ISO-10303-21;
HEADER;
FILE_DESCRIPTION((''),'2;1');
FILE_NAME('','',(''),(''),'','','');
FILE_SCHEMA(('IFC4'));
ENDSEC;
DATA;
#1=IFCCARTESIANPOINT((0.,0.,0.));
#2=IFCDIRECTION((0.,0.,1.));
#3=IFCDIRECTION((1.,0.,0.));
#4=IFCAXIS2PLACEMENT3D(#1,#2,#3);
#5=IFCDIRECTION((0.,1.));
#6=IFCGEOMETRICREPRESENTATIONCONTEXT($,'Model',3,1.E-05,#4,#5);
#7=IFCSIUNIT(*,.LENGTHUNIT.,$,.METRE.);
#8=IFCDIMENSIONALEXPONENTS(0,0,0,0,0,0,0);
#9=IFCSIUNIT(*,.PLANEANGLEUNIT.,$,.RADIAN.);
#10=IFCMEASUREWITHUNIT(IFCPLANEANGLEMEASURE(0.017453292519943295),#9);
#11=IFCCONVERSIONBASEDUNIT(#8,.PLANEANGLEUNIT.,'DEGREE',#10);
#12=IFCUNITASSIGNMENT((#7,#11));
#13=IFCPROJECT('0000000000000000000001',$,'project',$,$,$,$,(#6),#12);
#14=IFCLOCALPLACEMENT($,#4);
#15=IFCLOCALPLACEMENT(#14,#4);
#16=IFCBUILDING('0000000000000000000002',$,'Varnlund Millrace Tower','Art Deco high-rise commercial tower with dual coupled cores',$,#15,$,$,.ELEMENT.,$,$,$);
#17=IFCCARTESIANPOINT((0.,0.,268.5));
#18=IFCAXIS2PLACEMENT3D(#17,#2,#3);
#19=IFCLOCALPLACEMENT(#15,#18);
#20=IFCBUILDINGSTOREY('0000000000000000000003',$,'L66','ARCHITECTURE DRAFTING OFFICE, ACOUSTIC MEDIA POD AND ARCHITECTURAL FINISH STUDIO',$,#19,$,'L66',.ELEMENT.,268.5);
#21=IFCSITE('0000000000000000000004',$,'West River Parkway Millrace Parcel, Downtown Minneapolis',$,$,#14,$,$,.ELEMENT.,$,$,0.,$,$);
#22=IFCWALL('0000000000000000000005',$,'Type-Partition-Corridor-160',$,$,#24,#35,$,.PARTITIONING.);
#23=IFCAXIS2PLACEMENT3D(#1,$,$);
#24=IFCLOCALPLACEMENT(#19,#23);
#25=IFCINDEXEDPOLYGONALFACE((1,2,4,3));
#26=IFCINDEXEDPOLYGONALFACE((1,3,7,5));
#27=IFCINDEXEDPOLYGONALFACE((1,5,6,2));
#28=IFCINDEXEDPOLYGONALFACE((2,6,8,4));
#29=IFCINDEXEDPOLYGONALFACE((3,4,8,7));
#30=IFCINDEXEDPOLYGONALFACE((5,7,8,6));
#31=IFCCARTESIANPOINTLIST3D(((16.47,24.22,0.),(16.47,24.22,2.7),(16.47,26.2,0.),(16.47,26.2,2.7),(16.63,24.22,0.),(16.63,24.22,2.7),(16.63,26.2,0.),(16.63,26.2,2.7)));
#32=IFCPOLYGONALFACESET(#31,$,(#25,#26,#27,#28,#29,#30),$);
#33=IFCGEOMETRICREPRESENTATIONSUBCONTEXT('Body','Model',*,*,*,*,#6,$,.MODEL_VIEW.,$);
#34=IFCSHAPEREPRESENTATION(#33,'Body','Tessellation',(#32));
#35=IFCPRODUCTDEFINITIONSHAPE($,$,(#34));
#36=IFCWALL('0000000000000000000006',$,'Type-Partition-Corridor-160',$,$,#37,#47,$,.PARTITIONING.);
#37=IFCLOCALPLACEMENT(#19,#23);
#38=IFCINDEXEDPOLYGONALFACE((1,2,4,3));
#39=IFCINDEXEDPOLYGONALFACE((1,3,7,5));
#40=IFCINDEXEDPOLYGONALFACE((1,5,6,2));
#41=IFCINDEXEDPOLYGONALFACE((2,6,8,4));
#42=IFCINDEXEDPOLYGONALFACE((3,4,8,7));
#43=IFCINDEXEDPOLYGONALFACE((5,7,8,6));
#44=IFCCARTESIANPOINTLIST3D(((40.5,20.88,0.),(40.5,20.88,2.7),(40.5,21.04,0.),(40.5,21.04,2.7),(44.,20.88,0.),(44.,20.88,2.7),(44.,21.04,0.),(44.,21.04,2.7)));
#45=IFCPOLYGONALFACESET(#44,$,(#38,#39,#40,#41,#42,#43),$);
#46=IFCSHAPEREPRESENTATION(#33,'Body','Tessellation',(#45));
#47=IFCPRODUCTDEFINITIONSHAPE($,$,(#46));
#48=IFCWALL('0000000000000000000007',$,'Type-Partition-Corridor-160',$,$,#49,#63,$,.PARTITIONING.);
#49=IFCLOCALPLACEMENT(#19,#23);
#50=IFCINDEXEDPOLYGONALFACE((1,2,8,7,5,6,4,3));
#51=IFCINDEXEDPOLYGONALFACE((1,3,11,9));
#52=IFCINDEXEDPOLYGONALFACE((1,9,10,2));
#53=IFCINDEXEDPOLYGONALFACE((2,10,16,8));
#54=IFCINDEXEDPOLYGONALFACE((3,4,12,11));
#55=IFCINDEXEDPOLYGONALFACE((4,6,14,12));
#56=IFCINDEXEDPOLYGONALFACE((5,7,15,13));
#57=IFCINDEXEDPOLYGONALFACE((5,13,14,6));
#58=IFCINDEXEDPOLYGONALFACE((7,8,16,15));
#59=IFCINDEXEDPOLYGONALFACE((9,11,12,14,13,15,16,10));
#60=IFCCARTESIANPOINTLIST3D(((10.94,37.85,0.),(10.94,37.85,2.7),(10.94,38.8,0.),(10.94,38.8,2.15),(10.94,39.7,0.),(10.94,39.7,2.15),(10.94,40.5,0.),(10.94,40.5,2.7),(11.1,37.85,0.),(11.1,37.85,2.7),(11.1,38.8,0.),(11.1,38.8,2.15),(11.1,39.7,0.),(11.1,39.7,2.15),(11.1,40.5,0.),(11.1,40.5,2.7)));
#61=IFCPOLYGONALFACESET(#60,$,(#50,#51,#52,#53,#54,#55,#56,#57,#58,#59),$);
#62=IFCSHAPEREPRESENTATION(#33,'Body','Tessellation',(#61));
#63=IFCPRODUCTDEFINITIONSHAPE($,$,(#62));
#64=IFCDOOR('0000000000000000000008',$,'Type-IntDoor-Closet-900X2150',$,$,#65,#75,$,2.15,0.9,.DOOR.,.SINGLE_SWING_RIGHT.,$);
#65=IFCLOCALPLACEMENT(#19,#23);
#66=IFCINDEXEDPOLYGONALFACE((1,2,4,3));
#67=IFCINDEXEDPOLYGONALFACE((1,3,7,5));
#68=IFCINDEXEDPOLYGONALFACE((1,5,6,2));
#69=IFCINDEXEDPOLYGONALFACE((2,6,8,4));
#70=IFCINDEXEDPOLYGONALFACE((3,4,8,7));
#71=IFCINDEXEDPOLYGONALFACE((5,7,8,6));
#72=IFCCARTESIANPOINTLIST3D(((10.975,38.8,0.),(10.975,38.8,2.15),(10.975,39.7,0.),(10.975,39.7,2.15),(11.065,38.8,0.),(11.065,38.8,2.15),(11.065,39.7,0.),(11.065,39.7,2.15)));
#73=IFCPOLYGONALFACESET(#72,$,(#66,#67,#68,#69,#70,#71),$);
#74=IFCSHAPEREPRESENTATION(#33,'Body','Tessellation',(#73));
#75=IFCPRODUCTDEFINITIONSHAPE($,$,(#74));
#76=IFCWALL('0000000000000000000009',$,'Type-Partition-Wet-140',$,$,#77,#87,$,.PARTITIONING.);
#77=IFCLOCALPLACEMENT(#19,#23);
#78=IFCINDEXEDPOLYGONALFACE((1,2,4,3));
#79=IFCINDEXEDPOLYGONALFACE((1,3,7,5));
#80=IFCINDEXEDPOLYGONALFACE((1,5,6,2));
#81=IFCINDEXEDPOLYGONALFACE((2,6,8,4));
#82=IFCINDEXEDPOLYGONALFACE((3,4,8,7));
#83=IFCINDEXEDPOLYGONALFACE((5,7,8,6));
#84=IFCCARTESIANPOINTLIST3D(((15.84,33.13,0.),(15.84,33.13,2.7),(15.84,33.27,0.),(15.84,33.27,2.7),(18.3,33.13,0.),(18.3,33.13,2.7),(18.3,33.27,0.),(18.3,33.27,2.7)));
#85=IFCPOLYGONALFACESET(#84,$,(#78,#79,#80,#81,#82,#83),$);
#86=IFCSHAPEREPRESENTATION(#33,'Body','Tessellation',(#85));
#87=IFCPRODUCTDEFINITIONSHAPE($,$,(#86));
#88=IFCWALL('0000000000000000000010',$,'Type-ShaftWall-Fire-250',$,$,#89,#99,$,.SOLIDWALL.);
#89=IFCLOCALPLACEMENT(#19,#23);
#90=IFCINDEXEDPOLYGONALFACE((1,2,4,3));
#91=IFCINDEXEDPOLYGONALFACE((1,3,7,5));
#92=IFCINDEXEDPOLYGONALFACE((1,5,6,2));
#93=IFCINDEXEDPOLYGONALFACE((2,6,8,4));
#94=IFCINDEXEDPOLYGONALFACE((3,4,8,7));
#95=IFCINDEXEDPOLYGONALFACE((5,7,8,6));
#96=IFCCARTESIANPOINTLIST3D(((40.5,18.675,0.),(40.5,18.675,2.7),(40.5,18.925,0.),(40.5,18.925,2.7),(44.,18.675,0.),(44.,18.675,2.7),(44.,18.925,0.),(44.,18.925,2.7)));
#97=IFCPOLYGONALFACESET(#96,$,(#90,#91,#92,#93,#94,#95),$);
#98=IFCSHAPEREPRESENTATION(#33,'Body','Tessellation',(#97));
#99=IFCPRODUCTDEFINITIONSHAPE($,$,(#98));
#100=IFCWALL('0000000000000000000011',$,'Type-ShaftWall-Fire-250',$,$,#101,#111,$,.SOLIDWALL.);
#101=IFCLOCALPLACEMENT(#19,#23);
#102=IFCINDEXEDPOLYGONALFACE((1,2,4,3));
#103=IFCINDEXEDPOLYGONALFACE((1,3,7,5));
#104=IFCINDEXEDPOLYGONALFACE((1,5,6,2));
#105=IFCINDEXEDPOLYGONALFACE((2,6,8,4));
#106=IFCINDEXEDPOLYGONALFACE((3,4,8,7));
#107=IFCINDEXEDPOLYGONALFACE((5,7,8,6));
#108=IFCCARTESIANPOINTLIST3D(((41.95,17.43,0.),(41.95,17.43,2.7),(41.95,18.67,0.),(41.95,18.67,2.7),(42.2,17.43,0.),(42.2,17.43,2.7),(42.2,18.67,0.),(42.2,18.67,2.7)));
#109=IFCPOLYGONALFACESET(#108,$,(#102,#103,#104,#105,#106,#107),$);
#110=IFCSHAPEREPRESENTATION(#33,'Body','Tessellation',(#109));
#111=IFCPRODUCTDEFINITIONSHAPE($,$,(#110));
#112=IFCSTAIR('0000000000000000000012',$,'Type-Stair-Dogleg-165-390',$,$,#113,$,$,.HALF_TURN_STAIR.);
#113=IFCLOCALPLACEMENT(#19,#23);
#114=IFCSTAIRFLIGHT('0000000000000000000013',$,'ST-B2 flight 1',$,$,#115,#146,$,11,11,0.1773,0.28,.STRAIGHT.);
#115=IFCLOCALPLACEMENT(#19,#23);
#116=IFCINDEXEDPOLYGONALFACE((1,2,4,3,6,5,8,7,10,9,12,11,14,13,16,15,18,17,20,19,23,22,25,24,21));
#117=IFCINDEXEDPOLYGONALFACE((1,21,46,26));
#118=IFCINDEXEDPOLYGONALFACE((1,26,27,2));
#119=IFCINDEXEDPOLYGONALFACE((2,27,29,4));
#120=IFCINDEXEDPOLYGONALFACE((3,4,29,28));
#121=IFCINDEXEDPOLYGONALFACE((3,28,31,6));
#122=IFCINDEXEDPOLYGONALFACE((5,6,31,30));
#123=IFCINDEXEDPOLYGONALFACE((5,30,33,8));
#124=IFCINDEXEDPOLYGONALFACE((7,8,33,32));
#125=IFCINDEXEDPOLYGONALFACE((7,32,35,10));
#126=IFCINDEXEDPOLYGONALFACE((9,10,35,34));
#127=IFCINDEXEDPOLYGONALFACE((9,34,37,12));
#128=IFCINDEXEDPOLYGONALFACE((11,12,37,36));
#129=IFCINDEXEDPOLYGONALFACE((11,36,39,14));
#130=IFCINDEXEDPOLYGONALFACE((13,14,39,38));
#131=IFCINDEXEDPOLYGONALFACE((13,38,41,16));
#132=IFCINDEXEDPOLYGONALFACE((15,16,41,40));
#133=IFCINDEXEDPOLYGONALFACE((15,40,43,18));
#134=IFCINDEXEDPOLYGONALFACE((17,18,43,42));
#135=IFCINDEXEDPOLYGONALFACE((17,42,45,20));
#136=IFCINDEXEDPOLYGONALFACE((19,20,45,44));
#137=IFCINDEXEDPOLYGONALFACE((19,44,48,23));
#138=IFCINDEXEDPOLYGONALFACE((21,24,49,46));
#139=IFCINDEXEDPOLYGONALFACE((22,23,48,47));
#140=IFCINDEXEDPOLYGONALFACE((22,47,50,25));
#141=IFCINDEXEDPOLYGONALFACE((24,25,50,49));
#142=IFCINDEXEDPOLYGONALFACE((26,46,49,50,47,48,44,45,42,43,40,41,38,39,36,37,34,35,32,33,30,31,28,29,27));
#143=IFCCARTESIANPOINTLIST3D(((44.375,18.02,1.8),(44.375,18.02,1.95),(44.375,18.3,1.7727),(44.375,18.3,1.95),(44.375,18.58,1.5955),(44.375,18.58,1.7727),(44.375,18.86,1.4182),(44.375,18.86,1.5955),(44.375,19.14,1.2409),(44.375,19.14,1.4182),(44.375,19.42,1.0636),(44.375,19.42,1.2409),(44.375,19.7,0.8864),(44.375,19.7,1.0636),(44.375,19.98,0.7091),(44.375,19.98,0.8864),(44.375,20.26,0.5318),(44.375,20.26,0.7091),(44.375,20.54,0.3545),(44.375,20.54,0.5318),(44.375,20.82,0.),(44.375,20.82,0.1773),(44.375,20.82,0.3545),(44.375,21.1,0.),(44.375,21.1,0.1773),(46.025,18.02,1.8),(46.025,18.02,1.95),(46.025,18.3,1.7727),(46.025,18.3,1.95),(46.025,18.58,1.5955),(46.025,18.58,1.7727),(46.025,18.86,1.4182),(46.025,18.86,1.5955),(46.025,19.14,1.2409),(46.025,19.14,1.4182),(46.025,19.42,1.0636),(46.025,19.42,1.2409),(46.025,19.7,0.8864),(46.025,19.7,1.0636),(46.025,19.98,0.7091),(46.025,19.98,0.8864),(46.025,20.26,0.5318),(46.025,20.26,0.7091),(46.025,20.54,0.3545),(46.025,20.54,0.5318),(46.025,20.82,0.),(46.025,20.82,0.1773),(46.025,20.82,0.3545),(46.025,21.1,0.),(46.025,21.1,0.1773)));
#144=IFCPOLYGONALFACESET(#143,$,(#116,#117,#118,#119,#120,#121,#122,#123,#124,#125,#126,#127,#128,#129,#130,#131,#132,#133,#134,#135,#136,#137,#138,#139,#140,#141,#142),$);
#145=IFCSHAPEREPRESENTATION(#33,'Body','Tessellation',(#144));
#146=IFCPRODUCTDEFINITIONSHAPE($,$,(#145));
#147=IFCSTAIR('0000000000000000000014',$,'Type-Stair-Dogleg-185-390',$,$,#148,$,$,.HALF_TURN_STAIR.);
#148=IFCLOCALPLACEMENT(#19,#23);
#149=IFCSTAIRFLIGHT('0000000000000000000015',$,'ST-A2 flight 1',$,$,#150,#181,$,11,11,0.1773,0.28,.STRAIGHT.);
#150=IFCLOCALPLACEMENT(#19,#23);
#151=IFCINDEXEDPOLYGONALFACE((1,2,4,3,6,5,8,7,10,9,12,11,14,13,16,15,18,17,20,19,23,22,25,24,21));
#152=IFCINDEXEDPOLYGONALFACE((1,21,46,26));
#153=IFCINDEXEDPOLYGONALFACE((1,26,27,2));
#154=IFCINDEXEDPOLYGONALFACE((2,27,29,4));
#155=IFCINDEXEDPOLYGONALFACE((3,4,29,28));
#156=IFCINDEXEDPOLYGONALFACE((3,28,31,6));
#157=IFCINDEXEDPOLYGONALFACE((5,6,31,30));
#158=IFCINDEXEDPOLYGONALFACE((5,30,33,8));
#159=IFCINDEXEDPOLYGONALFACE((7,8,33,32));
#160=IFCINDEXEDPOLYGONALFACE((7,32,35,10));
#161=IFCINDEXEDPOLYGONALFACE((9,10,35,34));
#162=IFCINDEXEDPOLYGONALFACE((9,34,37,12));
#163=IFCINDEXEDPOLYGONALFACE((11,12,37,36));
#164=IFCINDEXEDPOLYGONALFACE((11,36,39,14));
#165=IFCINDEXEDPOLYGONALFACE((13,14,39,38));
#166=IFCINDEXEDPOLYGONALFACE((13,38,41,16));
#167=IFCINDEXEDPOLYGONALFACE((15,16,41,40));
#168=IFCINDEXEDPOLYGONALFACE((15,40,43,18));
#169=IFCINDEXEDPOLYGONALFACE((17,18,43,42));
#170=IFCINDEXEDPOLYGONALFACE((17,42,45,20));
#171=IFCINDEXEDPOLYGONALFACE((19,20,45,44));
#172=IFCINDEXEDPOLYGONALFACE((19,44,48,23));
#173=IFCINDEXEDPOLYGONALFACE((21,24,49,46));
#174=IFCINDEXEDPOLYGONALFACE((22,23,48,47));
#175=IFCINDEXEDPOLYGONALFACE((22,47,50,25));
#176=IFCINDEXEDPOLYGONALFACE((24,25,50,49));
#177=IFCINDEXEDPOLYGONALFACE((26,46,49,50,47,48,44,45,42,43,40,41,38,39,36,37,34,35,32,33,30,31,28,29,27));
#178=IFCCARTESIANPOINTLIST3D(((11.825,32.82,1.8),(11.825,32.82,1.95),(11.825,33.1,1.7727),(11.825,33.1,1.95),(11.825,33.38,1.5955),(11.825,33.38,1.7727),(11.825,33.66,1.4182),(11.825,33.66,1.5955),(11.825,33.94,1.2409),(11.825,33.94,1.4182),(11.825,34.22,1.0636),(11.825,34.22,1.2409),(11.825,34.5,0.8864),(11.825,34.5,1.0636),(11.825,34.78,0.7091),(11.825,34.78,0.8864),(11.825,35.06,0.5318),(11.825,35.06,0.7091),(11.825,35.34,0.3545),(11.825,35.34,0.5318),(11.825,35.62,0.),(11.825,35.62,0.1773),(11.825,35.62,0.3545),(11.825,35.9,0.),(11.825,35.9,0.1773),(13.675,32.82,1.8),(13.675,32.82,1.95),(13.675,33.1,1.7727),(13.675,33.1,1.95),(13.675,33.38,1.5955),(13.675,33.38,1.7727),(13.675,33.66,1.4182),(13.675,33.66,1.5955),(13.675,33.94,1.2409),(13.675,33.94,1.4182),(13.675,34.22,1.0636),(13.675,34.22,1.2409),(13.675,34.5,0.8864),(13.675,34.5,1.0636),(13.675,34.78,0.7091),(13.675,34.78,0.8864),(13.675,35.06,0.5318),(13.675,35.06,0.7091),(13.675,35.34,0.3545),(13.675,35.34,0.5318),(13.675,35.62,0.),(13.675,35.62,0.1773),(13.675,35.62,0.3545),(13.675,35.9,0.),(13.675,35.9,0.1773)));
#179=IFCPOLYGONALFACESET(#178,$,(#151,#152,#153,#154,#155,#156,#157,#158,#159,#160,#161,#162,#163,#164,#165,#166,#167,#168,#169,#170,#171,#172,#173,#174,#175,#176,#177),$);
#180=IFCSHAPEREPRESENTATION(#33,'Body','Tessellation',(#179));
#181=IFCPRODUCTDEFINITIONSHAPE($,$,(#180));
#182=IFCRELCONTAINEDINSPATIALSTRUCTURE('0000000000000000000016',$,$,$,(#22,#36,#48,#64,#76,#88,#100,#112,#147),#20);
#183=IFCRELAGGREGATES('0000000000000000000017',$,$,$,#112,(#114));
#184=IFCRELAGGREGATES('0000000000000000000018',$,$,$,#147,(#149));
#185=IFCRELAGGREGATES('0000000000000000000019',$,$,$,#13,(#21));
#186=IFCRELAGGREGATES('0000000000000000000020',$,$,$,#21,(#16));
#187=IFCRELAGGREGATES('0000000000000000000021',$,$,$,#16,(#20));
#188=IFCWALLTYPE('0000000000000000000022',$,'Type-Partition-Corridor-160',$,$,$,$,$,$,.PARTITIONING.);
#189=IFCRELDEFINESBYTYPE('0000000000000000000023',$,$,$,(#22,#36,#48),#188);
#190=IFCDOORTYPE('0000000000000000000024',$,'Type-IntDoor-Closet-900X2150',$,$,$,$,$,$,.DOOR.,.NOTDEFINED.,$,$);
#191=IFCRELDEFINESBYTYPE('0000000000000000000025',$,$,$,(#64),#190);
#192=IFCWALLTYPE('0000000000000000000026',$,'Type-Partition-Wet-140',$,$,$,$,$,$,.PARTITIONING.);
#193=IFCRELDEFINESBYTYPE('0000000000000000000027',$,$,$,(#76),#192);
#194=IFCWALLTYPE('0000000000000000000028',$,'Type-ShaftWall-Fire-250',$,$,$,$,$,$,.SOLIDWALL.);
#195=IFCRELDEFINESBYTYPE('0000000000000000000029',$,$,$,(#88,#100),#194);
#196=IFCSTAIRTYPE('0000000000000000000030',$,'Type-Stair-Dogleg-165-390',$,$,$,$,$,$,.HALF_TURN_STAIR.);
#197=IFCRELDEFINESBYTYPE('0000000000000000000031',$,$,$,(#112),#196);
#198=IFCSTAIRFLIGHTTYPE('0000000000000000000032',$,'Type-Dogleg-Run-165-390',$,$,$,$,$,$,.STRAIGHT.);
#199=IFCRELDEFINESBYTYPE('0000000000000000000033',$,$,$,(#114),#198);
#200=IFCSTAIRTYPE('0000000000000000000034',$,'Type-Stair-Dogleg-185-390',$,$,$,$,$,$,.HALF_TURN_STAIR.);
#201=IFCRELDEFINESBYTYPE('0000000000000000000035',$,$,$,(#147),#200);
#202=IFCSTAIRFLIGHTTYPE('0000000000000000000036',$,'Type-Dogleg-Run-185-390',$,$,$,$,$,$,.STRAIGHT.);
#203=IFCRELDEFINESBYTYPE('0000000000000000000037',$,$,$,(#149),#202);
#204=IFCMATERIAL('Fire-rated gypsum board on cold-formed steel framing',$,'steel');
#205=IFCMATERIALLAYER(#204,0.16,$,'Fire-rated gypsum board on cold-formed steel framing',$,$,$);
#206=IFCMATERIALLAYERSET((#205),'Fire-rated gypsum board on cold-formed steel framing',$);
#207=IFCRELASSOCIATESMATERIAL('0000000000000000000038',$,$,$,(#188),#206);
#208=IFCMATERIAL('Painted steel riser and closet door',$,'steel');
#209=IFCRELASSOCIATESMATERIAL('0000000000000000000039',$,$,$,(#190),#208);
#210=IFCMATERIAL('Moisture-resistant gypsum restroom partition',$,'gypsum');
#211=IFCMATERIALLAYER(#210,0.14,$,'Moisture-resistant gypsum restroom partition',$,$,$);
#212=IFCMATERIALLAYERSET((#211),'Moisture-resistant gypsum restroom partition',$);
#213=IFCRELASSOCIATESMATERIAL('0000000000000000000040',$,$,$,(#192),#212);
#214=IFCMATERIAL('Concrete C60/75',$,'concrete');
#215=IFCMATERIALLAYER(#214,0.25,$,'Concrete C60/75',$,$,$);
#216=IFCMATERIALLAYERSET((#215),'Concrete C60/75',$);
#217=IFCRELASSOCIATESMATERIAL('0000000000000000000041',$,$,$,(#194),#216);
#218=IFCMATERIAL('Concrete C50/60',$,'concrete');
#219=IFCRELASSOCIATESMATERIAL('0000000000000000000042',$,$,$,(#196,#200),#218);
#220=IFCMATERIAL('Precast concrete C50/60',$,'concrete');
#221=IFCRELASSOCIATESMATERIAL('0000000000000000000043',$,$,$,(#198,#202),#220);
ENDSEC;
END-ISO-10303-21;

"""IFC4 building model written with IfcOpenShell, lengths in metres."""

from ifc_helpers import new_model, entity, si_unit, converted_unit, direction, frame, origin_with_axes, origin_2d_with_axis, place, context, subcontext, project, spatial, polyline, rectangle, outline, extrude, material, layer, layer_set, type_object, element, fill, aggregate, save


model = new_model("IFC4")

# Units and contexts
model_context = context("Model", 3, precision=1e-05, world=origin_with_axes(), true_north=direction((0.0, 1.0)))
body_context = subcontext(model_context, "Body", "Model", "MODEL_VIEW")
ifc_project = project(units=[si_unit("LENGTHUNIT", "METRE"), converted_unit("PLANEANGLEUNIT", "DEGREE", entity("IfcPlaneAngleMeasure", 0.017453292519943295), si_unit("PLANEANGLEUNIT", "RADIAN"), dimensions=[0, 0, 0, 0, 0, 0, 0])], contexts=[model_context])

# Site, building, storey
site_placement = place(None, origin_with_axes())
site = spatial("IfcSite", under=ifc_project, at=site_placement, Name="West River Parkway Millrace Parcel, Downtown Minneapolis", CompositionType="ELEMENT", RefElevation=0.0)
building_placement = place(site_placement, origin_with_axes())
building = spatial("IfcBuilding", under=site, at=building_placement, Name="Varnlund Millrace Tower", Description="Art Deco high-rise commercial tower with dual coupled cores", CompositionType="ELEMENT")
storey_placement = place(building_placement, frame((0.0, 0.0, 268.5), z_axis=(0.0, 0.0, 1.0), x_axis=(1.0, 0.0, 0.0)))
storey = spatial("IfcBuildingStorey", under=building, at=storey_placement, Name="L66", Description="ARCHITECTURE DRAFTING OFFICE, ACOUSTIC MEDIA POD AND ARCHITECTURAL FINISH STUDIO", LongName="L66", CompositionType="ELEMENT", Elevation=268.5)

# Shared definitions
ifc_material_1 = material(Name="Concrete C60/75", Category="concrete")

# Walls
ifc_material_2 = material(Name="Fire-rated gypsum board on cold-formed steel framing", Category="steel")
ifc_layer_1 = layer(ifc_material_2, 0.16, Name="Fire-rated gypsum board on cold-formed steel framing")
ifc_layer_set_1 = layer_set([ifc_layer_1], Name="Fire-rated gypsum board on cold-formed steel framing")
wall_type_1 = type_object("IfcWallType", Name="Type-Partition-Corridor-160", PredefinedType="PARTITIONING", material=ifc_layer_set_1)
wall_1_placement = place(storey_placement, frame((16.55, 24.22, 0.0), z_axis=(0.0, 0.0, 1.0), x_axis=(0.0, 1.0, 0.0)))
element("IfcWall", 1, at=wall_1_placement, inside=storey, type_object=wall_type_1, Name="Type-Partition-Corridor-160", PredefinedType="PARTITIONING", context=body_context, shape_type="SweptSolid", body=[
    extrude(outline(polyline([(0.0, -0.08), (1.98, -0.08), (1.98, 0.08), (0.0, 0.08), (0.0, -0.08)])), origin_with_axes(), (0.0, 0.0, 1.0), 2.7),
])
wall_2_placement = place(storey_placement, frame((40.5, 20.96, 0.0), z_axis=(0.0, 0.0, 1.0), x_axis=(1.0, 0.0, 0.0)))
element("IfcWall", 2, at=wall_2_placement, inside=storey, type_object=wall_type_1, Name="Type-Partition-Corridor-160", PredefinedType="PARTITIONING", context=body_context, shape_type="SweptSolid", body=[
    extrude(outline(polyline([(0.0, -0.08), (3.5, -0.08), (3.5, 0.08), (0.0, 0.08), (0.0, -0.08)])), origin_with_axes(), (0.0, 0.0, 1.0), 2.7),
])

# Wall, opening, door
wall_3_placement = place(storey_placement, frame((11.02, 37.85, 0.0), z_axis=(0.0, 0.0, 1.0), x_axis=(0.0, 1.0, 0.0)))
wall_3 = element("IfcWall", 3, at=wall_3_placement, inside=storey, type_object=wall_type_1, Name="Type-Partition-Corridor-160", PredefinedType="PARTITIONING", context=body_context, shape_type="SweptSolid", body=[
    extrude(outline(polyline([(0.0, -0.08), (2.65, -0.08), (2.65, 0.08), (0.0, 0.08), (0.0, -0.08)])), origin_with_axes(), (0.0, 0.0, 1.0), 2.7),
])
opening_1_placement = place(wall_3_placement, frame((1.4, 0.0, 0.0), z_axis=(0.0, 0.0, 1.0), x_axis=(1.0, 0.0, 0.0)))
opening_1 = element("IfcOpeningElement", 4, at=opening_1_placement, cuts=wall_3, PredefinedType="OPENING", context=body_context, shape_type="SweptSolid", body=[
    extrude(rectangle(XDim=0.9, YDim=0.18, at=origin_2d_with_axis()), origin_with_axes(), (0.0, 0.0, 1.0), 2.15),
])
ifc_material_3 = material(Name="Painted steel riser and closet door", Category="steel")
door_type_1 = type_object("IfcDoorType", Name="Type-IntDoor-Closet-900X2150", OperationType="NOTDEFINED", PredefinedType="DOOR", material=ifc_material_3)
door_1_placement = place(wall_3_placement, frame((1.4, 0.0, 0.0), z_axis=(0.0, 0.0, 1.0), x_axis=(1.0, 0.0, 0.0)))
door_1 = element("IfcDoor", 5, at=door_1_placement, inside=storey, type_object=door_type_1, Name="Type-IntDoor-Closet-900X2150", OperationType="SINGLE_SWING_RIGHT", OverallHeight=2.15, OverallWidth=0.9, PredefinedType="DOOR", context=body_context, shape_type="SweptSolid", body=[
    extrude(rectangle(XDim=0.9, YDim=0.09, at=origin_2d_with_axis()), origin_with_axes(), (0.0, 0.0, 1.0), 2.15),
])
fill(opening_1, door_1)

# Walls
ifc_material_4 = material(Name="Moisture-resistant gypsum restroom partition", Category="gypsum")
ifc_layer_2 = layer(ifc_material_4, 0.14, Name="Moisture-resistant gypsum restroom partition")
ifc_layer_set_2 = layer_set([ifc_layer_2], Name="Moisture-resistant gypsum restroom partition")
wall_type_2 = type_object("IfcWallType", Name="Type-Partition-Wet-140", PredefinedType="PARTITIONING", material=ifc_layer_set_2)
wall_4_placement = place(storey_placement, frame((15.84, 33.2, 0.0), z_axis=(0.0, 0.0, 1.0), x_axis=(1.0, 0.0, 0.0)))
element("IfcWall", 6, at=wall_4_placement, inside=storey, type_object=wall_type_2, Name="Type-Partition-Wet-140", PredefinedType="PARTITIONING", context=body_context, shape_type="SweptSolid", body=[
    extrude(outline(polyline([(0.0, -0.07), (2.46, -0.07), (2.46, 0.07), (0.0, 0.07), (0.0, -0.07)])), origin_with_axes(), (0.0, 0.0, 1.0), 2.7),
])
ifc_layer_3 = layer(ifc_material_1, 0.25, Name="Concrete C60/75")
ifc_layer_set_3 = layer_set([ifc_layer_3], Name="Concrete C60/75")
wall_type_3 = type_object("IfcWallType", Name="Type-ShaftWall-Fire-250", PredefinedType="SOLIDWALL", material=ifc_layer_set_3)
wall_5_placement = place(storey_placement, frame((40.5, 18.8, 0.0), z_axis=(0.0, 0.0, 1.0), x_axis=(1.0, 0.0, 0.0)))
element("IfcWall", 7, at=wall_5_placement, inside=storey, type_object=wall_type_3, Name="Type-ShaftWall-Fire-250", PredefinedType="SOLIDWALL", context=body_context, shape_type="SweptSolid", body=[
    extrude(outline(polyline([(0.0, -0.125), (3.5, -0.125), (3.5, 0.125), (0.0, 0.125), (0.0, -0.125)])), origin_with_axes(), (0.0, 0.0, 1.0), 2.7),
])
wall_6_placement = place(storey_placement, frame((42.075, 17.43, 0.0), z_axis=(0.0, 0.0, 1.0), x_axis=(0.0, 1.0, 0.0)))
element("IfcWall", 8, at=wall_6_placement, inside=storey, type_object=wall_type_3, Name="Type-ShaftWall-Fire-250", PredefinedType="SOLIDWALL", context=body_context, shape_type="SweptSolid", body=[
    extrude(outline(polyline([(0.0, -0.125), (1.24, -0.125), (1.24, 0.125), (0.0, 0.125), (0.0, -0.125)])), origin_with_axes(), (0.0, 0.0, 1.0), 2.7),
])

# Stairs, stair flights
ifc_material_5 = material(Name="Concrete C50/60", Category="concrete")
stair_type_1 = type_object("IfcStairType", Name="Type-Stair-Dogleg-165-390", PredefinedType="HALF_TURN_STAIR", material=ifc_material_5)
stair_1_placement = place(storey_placement, origin_with_axes())
stair_1 = element("IfcStair", 9, at=stair_1_placement, inside=storey, type_object=stair_type_1, Name="Type-Stair-Dogleg-165-390", PredefinedType="HALF_TURN_STAIR")
ifc_material_6 = material(Name="Precast concrete C50/60", Category="concrete")
stair_flight_type_1 = type_object("IfcStairFlightType", Name="Type-Dogleg-Run-165-390", PredefinedType="STRAIGHT", material=ifc_material_6)
stair_flight_1_placement = place(storey_placement, frame((46.025, 21.1, 0.0), z_axis=(-1.0, 0.0, 0.0), x_axis=(0.0, -1.0, 0.0)))
stair_flight_1 = element("IfcStairFlight", 10, at=stair_flight_1_placement, type_object=stair_flight_type_1, Name="ST-B2 flight 1", NumberOfRisers=11, NumberOfTreads=11, PredefinedType="STRAIGHT", RiserHeight=0.1773, TreadLength=0.28, context=body_context, shape_type="SweptSolid", body=[
    extrude(outline(polyline([(0.0, 0.0), (0.0, 0.1773), (0.28, 0.1773), (0.28, 0.3545), (0.56, 0.3545), (0.56, 0.5318), (0.84, 0.5318), (0.84, 0.7091), (1.12, 0.7091), (1.12, 0.8864), (1.4, 0.8864), (1.4, 1.0636), (1.68, 1.0636), (1.68, 1.2409), (1.96, 1.2409), (1.96, 1.4182), (2.24, 1.4182), (2.24, 1.5955), (2.52, 1.5955), (2.52, 1.7727), (2.8, 1.7727), (2.8, 1.95), (3.08, 1.95), (3.08, 1.8), (0.28, 0.0), (0.0, 0.0)])), origin_with_axes(), (0.0, 0.0, 1.0), 1.65),
])
aggregate(stair_1, [stair_flight_1])
stair_type_2 = type_object("IfcStairType", Name="Type-Stair-Dogleg-185-390", PredefinedType="HALF_TURN_STAIR", material=ifc_material_5)
stair_2_placement = place(storey_placement, origin_with_axes())
stair_2 = element("IfcStair", 11, at=stair_2_placement, inside=storey, type_object=stair_type_2, Name="Type-Stair-Dogleg-185-390", PredefinedType="HALF_TURN_STAIR")
stair_flight_type_2 = type_object("IfcStairFlightType", Name="Type-Dogleg-Run-185-390", PredefinedType="STRAIGHT", material=ifc_material_6)
stair_flight_2_placement = place(storey_placement, frame((13.675, 35.9, 0.0), z_axis=(-1.0, 0.0, 0.0), x_axis=(0.0, -1.0, 0.0)))
stair_flight_2 = element("IfcStairFlight", 12, at=stair_flight_2_placement, type_object=stair_flight_type_2, Name="ST-A2 flight 1", NumberOfRisers=11, NumberOfTreads=11, PredefinedType="STRAIGHT", RiserHeight=0.1773, TreadLength=0.28, context=body_context, shape_type="SweptSolid", body=[
    extrude(outline(polyline([(0.0, 0.0), (0.0, 0.1773), (0.28, 0.1773), (0.28, 0.3545), (0.56, 0.3545), (0.56, 0.5318), (0.84, 0.5318), (0.84, 0.7091), (1.12, 0.7091), (1.12, 0.8864), (1.4, 0.8864), (1.4, 1.0636), (1.68, 1.0636), (1.68, 1.2409), (1.96, 1.2409), (1.96, 1.4182), (2.24, 1.4182), (2.24, 1.5955), (2.52, 1.5955), (2.52, 1.7727), (2.8, 1.7727), (2.8, 1.95), (3.08, 1.95), (3.08, 1.8), (0.28, 0.0), (0.0, 0.0)])), origin_with_axes(), (0.0, 0.0, 1.0), 1.85),
])
aggregate(stair_2, [stair_flight_2])

save(model, "model.ifc")
